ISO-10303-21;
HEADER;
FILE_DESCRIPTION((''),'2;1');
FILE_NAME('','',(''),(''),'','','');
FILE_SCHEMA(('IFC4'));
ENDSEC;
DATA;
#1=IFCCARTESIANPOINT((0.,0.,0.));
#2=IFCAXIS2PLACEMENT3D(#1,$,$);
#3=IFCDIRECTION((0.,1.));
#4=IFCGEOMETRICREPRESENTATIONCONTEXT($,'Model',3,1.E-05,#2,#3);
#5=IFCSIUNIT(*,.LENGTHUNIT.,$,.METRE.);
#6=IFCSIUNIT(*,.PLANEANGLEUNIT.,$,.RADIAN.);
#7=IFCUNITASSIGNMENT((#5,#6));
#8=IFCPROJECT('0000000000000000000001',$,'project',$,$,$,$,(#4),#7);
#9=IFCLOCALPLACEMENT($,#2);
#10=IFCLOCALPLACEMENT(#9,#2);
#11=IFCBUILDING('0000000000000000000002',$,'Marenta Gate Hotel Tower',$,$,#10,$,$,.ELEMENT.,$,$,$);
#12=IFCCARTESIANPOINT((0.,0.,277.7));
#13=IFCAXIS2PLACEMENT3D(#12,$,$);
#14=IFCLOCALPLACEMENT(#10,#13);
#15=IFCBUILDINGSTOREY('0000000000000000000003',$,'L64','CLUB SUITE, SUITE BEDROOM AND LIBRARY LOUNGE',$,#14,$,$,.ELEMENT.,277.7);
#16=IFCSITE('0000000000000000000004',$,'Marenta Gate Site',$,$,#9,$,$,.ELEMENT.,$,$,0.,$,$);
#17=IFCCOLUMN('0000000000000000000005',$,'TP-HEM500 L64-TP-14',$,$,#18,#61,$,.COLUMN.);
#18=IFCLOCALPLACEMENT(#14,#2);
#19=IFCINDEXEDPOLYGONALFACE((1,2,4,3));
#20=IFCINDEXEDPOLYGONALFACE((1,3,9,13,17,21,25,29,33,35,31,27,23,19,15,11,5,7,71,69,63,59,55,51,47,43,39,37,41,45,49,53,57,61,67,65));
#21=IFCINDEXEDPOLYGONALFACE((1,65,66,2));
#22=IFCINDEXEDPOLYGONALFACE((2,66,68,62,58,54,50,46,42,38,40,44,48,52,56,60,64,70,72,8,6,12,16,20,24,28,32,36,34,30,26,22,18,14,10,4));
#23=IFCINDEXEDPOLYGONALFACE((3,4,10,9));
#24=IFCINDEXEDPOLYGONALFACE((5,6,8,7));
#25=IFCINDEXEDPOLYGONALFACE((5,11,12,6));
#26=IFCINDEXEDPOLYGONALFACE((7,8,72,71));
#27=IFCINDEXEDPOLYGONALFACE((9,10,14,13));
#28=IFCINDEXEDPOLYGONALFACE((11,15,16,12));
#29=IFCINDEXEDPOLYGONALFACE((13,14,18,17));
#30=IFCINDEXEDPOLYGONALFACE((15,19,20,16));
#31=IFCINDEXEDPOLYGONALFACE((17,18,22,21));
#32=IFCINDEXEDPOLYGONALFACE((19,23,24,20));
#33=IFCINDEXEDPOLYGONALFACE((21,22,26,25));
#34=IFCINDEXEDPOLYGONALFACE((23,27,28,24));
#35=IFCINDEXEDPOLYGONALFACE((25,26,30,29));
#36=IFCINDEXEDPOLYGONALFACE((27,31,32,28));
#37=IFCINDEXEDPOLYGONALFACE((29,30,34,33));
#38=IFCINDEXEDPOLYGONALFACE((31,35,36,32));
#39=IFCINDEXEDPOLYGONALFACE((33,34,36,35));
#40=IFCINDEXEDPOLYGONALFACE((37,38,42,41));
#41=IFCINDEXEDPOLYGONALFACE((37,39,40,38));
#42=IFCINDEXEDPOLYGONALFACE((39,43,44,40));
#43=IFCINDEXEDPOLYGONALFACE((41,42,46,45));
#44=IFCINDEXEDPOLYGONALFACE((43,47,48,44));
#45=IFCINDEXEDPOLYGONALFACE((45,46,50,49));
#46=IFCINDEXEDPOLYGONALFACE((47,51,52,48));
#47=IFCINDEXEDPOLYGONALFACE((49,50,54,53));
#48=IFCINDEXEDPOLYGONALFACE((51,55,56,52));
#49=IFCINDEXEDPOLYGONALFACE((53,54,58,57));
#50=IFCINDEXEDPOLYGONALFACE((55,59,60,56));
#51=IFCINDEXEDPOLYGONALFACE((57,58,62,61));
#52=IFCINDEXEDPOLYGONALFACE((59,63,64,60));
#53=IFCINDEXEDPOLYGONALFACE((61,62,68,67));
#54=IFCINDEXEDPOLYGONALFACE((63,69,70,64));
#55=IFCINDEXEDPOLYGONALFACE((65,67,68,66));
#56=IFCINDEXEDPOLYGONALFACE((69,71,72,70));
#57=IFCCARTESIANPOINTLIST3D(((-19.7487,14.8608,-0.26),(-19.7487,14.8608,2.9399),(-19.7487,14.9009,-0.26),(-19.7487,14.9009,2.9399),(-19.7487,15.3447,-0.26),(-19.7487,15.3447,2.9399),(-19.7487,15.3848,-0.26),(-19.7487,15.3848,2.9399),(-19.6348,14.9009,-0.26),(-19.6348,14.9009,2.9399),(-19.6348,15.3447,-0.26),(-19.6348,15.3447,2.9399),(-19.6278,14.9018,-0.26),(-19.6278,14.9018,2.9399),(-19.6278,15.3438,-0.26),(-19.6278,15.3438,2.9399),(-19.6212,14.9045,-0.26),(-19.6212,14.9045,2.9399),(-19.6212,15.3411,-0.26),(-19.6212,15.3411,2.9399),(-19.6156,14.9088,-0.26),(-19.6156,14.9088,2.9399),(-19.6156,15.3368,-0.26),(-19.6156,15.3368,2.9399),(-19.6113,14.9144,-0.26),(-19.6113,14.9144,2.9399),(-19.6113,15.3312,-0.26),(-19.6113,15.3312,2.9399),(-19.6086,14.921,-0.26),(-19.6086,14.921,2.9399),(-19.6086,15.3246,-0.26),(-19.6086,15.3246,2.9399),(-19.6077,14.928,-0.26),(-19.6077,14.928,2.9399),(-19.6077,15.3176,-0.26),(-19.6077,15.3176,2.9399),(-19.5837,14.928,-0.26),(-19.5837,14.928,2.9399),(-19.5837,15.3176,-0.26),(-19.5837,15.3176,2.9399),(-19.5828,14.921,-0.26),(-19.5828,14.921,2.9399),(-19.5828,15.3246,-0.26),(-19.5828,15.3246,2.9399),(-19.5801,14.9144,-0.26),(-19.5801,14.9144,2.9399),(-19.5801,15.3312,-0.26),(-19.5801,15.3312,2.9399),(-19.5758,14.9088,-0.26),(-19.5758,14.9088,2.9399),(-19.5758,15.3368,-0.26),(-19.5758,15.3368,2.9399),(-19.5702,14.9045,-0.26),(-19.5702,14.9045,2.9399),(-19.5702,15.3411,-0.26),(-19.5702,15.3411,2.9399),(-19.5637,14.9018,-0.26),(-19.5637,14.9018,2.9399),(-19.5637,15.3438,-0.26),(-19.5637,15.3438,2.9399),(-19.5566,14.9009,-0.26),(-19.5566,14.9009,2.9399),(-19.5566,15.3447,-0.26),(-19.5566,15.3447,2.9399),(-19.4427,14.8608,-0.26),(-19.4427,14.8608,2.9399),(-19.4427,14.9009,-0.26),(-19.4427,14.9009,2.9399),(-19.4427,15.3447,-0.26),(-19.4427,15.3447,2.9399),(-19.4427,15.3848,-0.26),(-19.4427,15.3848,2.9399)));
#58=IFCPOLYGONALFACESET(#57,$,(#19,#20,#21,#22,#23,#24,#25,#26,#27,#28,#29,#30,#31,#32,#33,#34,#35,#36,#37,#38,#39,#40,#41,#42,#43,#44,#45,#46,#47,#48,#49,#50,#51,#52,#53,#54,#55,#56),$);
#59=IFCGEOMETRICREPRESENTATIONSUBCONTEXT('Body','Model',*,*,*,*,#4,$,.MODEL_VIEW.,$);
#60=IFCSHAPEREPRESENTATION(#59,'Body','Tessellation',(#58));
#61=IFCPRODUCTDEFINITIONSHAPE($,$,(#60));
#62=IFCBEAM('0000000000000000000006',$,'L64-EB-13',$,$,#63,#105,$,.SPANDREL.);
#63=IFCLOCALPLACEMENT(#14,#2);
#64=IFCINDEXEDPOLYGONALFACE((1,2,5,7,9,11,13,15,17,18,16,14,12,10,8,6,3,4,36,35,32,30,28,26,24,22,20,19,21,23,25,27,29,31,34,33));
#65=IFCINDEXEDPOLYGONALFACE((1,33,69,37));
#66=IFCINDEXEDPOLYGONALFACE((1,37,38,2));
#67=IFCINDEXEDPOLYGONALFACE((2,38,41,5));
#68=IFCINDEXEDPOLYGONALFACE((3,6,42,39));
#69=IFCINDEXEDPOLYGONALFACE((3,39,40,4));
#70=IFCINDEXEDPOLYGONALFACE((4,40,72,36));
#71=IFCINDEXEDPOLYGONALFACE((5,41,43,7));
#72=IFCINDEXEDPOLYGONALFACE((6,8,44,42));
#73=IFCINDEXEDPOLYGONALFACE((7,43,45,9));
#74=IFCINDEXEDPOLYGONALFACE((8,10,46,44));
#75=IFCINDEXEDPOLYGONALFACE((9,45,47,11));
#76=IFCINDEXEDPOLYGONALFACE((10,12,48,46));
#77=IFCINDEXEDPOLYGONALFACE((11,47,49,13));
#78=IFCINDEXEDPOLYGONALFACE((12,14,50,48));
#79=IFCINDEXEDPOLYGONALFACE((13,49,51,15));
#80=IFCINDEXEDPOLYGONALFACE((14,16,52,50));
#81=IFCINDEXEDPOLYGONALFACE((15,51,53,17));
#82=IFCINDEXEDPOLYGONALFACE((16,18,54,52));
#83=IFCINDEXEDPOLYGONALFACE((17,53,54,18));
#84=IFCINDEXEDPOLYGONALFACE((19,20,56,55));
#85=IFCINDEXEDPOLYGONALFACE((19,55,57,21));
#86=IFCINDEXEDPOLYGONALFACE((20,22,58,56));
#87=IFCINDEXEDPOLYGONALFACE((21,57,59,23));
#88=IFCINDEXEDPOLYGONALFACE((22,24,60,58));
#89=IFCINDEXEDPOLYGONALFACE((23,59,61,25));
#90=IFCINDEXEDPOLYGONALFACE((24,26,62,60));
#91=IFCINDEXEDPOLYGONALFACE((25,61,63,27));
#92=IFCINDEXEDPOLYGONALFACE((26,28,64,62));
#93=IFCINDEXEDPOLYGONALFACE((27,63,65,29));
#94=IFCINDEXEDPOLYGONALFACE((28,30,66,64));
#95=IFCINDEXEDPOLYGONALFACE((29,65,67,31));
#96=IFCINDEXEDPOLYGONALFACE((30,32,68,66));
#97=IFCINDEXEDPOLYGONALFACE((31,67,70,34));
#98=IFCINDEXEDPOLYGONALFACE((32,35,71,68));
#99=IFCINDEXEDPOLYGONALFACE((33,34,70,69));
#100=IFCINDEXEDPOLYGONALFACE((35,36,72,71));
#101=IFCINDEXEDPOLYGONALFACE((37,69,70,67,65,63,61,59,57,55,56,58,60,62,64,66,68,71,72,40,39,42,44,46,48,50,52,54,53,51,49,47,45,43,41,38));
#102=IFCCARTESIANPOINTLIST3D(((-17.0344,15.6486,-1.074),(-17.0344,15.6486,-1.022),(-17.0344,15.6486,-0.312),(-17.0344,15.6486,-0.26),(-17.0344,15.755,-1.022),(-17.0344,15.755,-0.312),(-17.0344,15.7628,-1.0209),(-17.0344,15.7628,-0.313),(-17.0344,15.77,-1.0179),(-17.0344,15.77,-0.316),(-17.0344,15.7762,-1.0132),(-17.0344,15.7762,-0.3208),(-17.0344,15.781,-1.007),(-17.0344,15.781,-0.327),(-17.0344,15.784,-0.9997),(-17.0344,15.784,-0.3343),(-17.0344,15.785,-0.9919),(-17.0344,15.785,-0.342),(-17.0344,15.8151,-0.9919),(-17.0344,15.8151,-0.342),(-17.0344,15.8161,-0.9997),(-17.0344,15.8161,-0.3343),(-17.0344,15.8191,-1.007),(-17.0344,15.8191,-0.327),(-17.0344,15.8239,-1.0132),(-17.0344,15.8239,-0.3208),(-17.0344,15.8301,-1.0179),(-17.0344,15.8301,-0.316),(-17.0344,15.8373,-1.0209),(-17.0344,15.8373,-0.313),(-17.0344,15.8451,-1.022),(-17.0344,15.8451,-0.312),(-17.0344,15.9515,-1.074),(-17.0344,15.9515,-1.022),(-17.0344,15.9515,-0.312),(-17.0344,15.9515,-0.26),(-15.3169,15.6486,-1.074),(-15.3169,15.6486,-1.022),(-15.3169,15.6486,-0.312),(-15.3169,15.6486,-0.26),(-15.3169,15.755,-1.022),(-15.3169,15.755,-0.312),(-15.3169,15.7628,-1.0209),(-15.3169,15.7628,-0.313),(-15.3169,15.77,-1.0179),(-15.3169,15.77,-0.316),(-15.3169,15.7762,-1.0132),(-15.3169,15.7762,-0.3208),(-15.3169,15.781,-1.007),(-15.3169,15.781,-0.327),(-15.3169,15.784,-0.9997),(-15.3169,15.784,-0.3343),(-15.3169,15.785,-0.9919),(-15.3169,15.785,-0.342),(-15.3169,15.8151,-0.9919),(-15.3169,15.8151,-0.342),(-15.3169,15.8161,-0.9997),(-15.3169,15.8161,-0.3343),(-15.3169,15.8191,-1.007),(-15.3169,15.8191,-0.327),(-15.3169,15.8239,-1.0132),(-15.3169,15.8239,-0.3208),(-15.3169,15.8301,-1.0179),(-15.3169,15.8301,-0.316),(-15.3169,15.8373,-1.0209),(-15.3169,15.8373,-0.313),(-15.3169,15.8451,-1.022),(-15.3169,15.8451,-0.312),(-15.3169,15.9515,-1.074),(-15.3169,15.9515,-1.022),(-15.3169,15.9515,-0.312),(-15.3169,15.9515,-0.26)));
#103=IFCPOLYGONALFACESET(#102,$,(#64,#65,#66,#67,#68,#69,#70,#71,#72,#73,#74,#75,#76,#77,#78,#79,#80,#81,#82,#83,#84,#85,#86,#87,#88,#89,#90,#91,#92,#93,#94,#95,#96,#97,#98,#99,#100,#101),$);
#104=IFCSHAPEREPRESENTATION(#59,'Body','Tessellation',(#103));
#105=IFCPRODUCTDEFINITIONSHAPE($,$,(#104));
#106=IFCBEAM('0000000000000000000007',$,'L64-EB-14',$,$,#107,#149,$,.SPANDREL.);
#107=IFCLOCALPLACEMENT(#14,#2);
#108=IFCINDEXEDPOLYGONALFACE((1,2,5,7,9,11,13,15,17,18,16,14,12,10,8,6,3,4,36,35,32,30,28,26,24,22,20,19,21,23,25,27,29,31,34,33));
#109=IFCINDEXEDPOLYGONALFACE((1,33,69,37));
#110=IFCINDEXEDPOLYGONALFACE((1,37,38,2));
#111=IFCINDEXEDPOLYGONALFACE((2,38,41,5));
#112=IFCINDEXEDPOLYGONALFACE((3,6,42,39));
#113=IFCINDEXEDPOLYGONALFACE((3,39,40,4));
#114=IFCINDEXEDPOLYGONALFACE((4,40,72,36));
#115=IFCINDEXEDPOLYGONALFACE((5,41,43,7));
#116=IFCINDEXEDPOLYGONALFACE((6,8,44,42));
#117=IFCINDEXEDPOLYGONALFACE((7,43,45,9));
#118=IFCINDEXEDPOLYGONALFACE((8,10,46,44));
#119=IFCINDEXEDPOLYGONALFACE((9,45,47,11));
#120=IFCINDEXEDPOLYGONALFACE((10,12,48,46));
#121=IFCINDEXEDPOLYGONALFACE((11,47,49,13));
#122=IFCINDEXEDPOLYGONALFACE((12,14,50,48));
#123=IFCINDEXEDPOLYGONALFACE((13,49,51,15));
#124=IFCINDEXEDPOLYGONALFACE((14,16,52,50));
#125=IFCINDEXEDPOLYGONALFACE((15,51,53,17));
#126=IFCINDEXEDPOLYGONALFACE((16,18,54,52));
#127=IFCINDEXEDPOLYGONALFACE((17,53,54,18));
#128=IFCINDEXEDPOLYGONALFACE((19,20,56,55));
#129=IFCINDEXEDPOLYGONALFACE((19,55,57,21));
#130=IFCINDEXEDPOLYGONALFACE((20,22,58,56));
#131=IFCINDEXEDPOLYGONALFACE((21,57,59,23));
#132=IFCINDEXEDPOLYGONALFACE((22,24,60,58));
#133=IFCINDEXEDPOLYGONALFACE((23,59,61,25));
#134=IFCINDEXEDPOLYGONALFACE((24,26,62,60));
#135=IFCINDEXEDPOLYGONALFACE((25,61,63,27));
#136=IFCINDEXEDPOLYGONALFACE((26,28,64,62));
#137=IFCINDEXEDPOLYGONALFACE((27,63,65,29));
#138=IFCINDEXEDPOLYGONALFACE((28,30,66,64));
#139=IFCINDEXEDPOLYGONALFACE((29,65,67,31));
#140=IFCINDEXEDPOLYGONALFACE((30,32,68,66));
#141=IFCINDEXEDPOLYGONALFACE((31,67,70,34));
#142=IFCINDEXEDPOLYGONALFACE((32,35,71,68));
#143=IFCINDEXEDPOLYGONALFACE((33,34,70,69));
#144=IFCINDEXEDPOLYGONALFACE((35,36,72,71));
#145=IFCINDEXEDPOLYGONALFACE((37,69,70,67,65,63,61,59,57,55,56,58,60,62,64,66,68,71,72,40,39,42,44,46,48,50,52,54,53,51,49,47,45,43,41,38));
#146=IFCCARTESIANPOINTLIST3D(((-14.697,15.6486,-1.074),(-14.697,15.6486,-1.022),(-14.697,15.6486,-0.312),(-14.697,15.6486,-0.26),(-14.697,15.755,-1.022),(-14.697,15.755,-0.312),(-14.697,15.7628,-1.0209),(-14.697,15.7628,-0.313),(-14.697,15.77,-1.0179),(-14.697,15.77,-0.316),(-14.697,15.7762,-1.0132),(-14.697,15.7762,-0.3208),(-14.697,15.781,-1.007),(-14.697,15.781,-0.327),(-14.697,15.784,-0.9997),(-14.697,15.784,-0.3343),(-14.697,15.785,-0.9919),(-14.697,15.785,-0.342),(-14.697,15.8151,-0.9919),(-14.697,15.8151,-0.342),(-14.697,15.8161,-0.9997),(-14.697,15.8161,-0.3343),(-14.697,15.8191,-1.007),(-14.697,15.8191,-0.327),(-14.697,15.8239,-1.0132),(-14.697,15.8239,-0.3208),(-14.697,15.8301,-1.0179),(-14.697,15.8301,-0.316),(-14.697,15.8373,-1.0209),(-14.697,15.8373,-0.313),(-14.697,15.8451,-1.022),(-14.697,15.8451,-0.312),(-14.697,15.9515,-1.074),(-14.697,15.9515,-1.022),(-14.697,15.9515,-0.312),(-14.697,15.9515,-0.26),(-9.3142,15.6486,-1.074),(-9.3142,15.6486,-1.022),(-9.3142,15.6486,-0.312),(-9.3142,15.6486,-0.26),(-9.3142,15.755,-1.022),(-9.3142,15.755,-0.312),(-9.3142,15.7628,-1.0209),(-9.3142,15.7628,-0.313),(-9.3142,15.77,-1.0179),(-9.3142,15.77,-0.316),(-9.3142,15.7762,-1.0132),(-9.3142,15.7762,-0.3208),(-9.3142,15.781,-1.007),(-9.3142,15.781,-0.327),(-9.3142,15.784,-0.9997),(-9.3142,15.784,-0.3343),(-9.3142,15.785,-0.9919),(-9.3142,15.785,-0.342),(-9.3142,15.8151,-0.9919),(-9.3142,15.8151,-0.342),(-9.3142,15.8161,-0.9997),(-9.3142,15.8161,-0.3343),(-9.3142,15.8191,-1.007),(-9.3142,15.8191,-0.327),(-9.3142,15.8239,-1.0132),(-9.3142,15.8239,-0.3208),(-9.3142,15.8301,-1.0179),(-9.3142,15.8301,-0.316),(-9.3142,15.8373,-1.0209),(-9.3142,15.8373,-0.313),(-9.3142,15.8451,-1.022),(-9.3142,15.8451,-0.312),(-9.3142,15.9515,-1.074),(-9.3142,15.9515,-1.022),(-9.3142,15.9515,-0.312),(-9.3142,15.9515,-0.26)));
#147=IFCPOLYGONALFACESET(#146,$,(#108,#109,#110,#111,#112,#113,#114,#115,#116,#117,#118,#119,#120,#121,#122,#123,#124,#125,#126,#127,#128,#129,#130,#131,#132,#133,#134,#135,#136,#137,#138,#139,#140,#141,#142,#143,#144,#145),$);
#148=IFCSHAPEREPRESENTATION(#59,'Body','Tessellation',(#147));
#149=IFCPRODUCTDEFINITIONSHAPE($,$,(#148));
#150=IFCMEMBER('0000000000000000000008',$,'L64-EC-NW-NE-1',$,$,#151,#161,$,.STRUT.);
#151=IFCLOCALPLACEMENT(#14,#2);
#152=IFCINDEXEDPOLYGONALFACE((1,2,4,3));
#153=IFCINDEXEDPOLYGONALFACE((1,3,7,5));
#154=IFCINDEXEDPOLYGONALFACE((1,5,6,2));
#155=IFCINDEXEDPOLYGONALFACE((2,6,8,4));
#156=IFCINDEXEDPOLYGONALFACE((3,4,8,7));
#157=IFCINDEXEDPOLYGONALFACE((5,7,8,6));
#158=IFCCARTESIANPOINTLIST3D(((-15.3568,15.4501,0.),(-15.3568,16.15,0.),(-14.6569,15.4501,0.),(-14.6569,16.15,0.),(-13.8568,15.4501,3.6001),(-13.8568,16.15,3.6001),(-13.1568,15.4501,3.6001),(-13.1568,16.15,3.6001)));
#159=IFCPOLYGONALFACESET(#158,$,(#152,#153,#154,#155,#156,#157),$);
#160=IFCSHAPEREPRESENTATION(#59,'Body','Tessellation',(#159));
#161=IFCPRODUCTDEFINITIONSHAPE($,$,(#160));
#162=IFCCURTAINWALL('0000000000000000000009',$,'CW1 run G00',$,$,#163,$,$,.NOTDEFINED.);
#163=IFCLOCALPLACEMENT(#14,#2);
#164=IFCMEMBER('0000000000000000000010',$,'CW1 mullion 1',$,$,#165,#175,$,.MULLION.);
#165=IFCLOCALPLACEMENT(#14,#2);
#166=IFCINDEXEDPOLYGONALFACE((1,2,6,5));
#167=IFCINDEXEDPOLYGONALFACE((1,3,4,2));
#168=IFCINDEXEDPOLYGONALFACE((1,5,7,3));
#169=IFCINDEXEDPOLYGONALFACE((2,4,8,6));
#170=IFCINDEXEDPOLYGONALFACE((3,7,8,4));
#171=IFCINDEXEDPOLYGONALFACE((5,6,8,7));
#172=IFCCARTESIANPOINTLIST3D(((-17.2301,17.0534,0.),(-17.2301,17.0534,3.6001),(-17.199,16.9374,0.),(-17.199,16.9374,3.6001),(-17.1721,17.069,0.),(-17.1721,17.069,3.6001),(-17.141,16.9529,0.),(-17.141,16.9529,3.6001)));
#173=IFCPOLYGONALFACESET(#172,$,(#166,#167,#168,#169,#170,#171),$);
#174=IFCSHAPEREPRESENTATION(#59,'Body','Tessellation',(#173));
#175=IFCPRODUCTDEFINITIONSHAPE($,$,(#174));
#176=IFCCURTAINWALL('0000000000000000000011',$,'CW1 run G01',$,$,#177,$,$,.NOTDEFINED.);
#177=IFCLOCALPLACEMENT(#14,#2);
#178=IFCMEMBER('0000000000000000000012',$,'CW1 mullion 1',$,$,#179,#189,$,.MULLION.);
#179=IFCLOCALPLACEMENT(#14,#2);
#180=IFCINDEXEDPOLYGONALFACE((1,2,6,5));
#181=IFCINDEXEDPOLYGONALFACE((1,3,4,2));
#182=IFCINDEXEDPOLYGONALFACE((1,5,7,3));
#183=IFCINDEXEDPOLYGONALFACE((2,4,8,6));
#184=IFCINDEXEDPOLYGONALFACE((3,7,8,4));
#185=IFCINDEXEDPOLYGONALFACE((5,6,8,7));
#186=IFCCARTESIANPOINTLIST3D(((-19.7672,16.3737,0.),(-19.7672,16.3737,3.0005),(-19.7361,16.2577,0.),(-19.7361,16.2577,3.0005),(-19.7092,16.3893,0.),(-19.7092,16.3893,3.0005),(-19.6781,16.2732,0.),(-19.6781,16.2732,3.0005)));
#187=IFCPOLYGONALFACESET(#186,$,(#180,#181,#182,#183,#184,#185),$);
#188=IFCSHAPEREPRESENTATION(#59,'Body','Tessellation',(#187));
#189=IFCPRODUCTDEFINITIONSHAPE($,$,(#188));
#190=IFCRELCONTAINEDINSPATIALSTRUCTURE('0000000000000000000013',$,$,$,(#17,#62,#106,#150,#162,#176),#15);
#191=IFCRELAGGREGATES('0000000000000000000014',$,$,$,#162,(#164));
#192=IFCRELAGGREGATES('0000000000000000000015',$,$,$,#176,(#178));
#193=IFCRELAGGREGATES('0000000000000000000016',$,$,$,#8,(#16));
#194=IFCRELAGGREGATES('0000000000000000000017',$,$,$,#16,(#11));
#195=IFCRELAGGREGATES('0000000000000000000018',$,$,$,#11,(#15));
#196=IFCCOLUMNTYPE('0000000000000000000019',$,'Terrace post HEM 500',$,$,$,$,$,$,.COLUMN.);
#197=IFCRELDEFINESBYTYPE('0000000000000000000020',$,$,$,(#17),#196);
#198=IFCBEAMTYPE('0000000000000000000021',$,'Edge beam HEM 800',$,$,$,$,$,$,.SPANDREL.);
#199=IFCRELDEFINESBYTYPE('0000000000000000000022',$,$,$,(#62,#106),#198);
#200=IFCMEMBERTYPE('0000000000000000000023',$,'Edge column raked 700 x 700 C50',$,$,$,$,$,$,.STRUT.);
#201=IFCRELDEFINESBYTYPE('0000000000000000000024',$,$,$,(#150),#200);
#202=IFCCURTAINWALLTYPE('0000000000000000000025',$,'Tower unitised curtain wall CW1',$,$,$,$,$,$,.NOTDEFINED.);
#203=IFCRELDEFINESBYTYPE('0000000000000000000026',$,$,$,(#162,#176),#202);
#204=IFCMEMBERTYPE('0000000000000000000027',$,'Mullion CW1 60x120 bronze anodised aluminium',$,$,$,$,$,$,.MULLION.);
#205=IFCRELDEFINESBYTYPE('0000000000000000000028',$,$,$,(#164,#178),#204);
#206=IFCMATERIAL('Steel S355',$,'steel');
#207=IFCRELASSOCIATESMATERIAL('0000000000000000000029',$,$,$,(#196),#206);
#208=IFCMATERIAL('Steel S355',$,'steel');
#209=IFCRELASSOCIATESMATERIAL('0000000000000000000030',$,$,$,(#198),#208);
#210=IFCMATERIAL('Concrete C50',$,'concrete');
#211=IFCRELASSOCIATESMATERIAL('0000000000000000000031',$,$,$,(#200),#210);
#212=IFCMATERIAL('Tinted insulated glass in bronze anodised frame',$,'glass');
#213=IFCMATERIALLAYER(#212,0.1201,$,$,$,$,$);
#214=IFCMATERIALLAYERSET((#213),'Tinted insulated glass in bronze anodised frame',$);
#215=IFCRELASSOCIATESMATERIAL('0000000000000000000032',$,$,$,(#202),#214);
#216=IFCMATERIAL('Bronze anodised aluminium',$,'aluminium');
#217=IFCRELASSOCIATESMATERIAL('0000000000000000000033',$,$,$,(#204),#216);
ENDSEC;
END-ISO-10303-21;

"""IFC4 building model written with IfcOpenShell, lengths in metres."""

from ifc_helpers import new_model, si_unit, direction, frame, origin, origin_2d, place, context, subcontext, project, spatial, rectangle, i_section, extrude, material, layer, layer_set, material_profile, profile_set, type_object, element, aggregate, save


model = new_model("IFC4")

# Units and contexts
model_context = context("Model", 3, precision=1e-05, world=origin(), true_north=direction((0.0, 1.0)))
body_context = subcontext(model_context, "Body", "Model", "MODEL_VIEW")
ifc_project = project(units=[si_unit("LENGTHUNIT", "METRE"), si_unit("PLANEANGLEUNIT", "RADIAN")], contexts=[model_context])

# Site, building, storey
site_placement = place(None, origin())
site = spatial("IfcSite", under=ifc_project, at=site_placement, Name="Marenta Gate Site", CompositionType="ELEMENT", RefElevation=0.0)
building_placement = place(site_placement, origin())
building = spatial("IfcBuilding", under=site, at=building_placement, Name="Marenta Gate Hotel Tower", CompositionType="ELEMENT")
storey_placement = place(building_placement, frame((0.0, 0.0, 277.7)))
storey = spatial("IfcBuildingStorey", under=building, at=storey_placement, Name="L64", Description="CLUB SUITE, SUITE BEDROOM AND LIBRARY LOUNGE", CompositionType="ELEMENT", Elevation=277.7)

# Column
ifc_material_1 = material(Name="Steel S355", Category="steel")
ifc_material_profile_1 = material_profile(ifc_material_1, i_section(OverallWidth=0.3059, OverallDepth=0.5239, WebThickness=0.0239, FlangeThickness=0.04, FilletRadius=0.0271, at=origin_2d()), Name="HEM 500")
ifc_profile_set_1 = profile_set([ifc_material_profile_1], Name="Steel S355")
column_type = type_object("IfcColumnType", Name="Terrace post HEM 500", PredefinedType="COLUMN", material=ifc_profile_set_1)
column_placement = place(storey_placement, frame((-19.5957, 15.1228, -0.26), z_axis=(0.0, 0.0, 1.0), x_axis=(1.0, 0.0, 0.0)))
element("IfcColumn", 1, at=column_placement, inside=storey, type_object=column_type, Name="TP-HEM500 L64-TP-14", PredefinedType="COLUMN", context=body_context, shape_type="SweptSolid", body=[
    extrude(i_section(OverallWidth=0.3059, OverallDepth=0.5239, WebThickness=0.0239, FlangeThickness=0.04, FilletRadius=0.0271, at=origin_2d()), origin(), (0.0, 0.0, 1.0), 3.2),
])

# Beams
ifc_material_2 = material(Name="Steel S355", Category="steel")
ifc_material_profile_2 = material_profile(ifc_material_2, i_section(OverallWidth=0.303, OverallDepth=0.814, WebThickness=0.03, FlangeThickness=0.052, FilletRadius=0.03, at=origin_2d()), Name="HEM 800")
ifc_profile_set_2 = profile_set([ifc_material_profile_2], Name="Steel S355")
beam_type = type_object("IfcBeamType", Name="Edge beam HEM 800", PredefinedType="SPANDREL", material=ifc_profile_set_2)
beam_1_placement = place(storey_placement, frame((-17.0344, 15.8, -0.667), z_axis=(1.0, 0.0, 0.0), x_axis=(0.0, 1.0, 0.0)))
element("IfcBeam", 2, at=beam_1_placement, inside=storey, type_object=beam_type, Name="L64-EB-13", PredefinedType="SPANDREL", context=body_context, shape_type="SweptSolid", body=[
    extrude(i_section(OverallWidth=0.303, OverallDepth=0.814, WebThickness=0.03, FlangeThickness=0.052, FilletRadius=0.03, at=origin_2d()), origin(), (0.0, 0.0, 1.0), 1.7175),
])
beam_2_placement = place(storey_placement, frame((-14.697, 15.8, -0.667), z_axis=(1.0, 0.0, 0.0), x_axis=(0.0, 1.0, 0.0)))
element("IfcBeam", 3, at=beam_2_placement, inside=storey, type_object=beam_type, Name="L64-EB-14", PredefinedType="SPANDREL", context=body_context, shape_type="SweptSolid", body=[
    extrude(i_section(OverallWidth=0.303, OverallDepth=0.814, WebThickness=0.03, FlangeThickness=0.052, FilletRadius=0.03, at=origin_2d()), origin(), (0.0, 0.0, 1.0), 5.3828),
])

# Member
ifc_material_3 = material(Name="Concrete C50", Category="concrete")
ifc_material_profile_3 = material_profile(ifc_material_3, rectangle(XDim=0.7, YDim=0.7, at=origin_2d()), Name="700 x 700")
ifc_profile_set_3 = profile_set([ifc_material_profile_3], Name="Concrete C50")
member_type_1 = type_object("IfcMemberType", Name="Edge column raked 700 x 700 C50", PredefinedType="STRUT", material=ifc_profile_set_3)
member_1_placement = place(storey_placement, frame((-15.0068, 15.8, 0.0), z_axis=(0.0, 0.0, 1.0), x_axis=(1.0, 0.0, 0.0)))
element("IfcMember", 4, at=member_1_placement, inside=storey, type_object=member_type_1, Name="L64-EC-NW-NE-1", PredefinedType="STRUT", context=body_context, shape_type="SweptSolid", body=[
    extrude(rectangle(XDim=0.7, YDim=0.7, at=origin_2d()), origin(), (0.384606, 0.0, 0.923081), 3.9001),
])

# Curtain walls, members
ifc_material_4 = material(Name="Tinted insulated glass in bronze anodised frame", Category="glass")
ifc_layer_1 = layer(ifc_material_4, 0.1201)
ifc_layer_set_1 = layer_set([ifc_layer_1], Name="Tinted insulated glass in bronze anodised frame")
curtain_wall_type = type_object("IfcCurtainWallType", Name="Tower unitised curtain wall CW1", PredefinedType="NOTDEFINED", material=ifc_layer_set_1)
curtain_wall_1_placement = place(storey_placement, origin())
curtain_wall_1 = element("IfcCurtainWall", 5, at=curtain_wall_1_placement, inside=storey, type_object=curtain_wall_type, Name="CW1 run G00", PredefinedType="NOTDEFINED")
ifc_material_5 = material(Name="Bronze anodised aluminium", Category="aluminium")
ifc_material_profile_4 = material_profile(ifc_material_5, rectangle(XDim=0.1201, YDim=0.0601, at=origin_2d()), Name="Mullion CW1 60x120 bronze anodised aluminium")
ifc_profile_set_4 = profile_set([ifc_material_profile_4], Name="Bronze anodised aluminium")
member_type_2 = type_object("IfcMemberType", Name="Mullion CW1 60x120 bronze anodised aluminium", PredefinedType="MULLION", material=ifc_profile_set_4)
member_2_placement = place(storey_placement, frame((-17.1855, 17.0032, 0.0), z_axis=(0.0, 0.0, 1.0), x_axis=(0.258795, -0.965932, 0.0)))
member_2 = element("IfcMember", 6, at=member_2_placement, type_object=member_type_2, Name="CW1 mullion 1", PredefinedType="MULLION", context=body_context, shape_type="SweptSolid", body=[
    extrude(rectangle(XDim=0.1201, YDim=0.0601, at=origin_2d()), origin(), (0.0, 0.0, 1.0), 3.6001),
])
curtain_wall_2_placement = place(storey_placement, origin())
curtain_wall_2 = element("IfcCurtainWall", 7, at=curtain_wall_2_placement, inside=storey, type_object=curtain_wall_type, Name="CW1 run G01", PredefinedType="NOTDEFINED")
member_3_placement = place(storey_placement, frame((-19.7227, 16.3235, 0.0), z_axis=(0.0, 0.0, 1.0), x_axis=(0.258832, -0.965922, 0.0)))
member_3 = element("IfcMember", 8, at=member_3_placement, type_object=member_type_2, Name="CW1 mullion 1", PredefinedType="MULLION", context=body_context, shape_type="SweptSolid", body=[
    extrude(rectangle(XDim=0.1201, YDim=0.0601, at=origin_2d()), origin(), (0.0, 0.0, 1.0), 3.0005),
])

aggregate(curtain_wall_1, [member_2])
aggregate(curtain_wall_2, [member_3])

save(model, "model.ifc")
